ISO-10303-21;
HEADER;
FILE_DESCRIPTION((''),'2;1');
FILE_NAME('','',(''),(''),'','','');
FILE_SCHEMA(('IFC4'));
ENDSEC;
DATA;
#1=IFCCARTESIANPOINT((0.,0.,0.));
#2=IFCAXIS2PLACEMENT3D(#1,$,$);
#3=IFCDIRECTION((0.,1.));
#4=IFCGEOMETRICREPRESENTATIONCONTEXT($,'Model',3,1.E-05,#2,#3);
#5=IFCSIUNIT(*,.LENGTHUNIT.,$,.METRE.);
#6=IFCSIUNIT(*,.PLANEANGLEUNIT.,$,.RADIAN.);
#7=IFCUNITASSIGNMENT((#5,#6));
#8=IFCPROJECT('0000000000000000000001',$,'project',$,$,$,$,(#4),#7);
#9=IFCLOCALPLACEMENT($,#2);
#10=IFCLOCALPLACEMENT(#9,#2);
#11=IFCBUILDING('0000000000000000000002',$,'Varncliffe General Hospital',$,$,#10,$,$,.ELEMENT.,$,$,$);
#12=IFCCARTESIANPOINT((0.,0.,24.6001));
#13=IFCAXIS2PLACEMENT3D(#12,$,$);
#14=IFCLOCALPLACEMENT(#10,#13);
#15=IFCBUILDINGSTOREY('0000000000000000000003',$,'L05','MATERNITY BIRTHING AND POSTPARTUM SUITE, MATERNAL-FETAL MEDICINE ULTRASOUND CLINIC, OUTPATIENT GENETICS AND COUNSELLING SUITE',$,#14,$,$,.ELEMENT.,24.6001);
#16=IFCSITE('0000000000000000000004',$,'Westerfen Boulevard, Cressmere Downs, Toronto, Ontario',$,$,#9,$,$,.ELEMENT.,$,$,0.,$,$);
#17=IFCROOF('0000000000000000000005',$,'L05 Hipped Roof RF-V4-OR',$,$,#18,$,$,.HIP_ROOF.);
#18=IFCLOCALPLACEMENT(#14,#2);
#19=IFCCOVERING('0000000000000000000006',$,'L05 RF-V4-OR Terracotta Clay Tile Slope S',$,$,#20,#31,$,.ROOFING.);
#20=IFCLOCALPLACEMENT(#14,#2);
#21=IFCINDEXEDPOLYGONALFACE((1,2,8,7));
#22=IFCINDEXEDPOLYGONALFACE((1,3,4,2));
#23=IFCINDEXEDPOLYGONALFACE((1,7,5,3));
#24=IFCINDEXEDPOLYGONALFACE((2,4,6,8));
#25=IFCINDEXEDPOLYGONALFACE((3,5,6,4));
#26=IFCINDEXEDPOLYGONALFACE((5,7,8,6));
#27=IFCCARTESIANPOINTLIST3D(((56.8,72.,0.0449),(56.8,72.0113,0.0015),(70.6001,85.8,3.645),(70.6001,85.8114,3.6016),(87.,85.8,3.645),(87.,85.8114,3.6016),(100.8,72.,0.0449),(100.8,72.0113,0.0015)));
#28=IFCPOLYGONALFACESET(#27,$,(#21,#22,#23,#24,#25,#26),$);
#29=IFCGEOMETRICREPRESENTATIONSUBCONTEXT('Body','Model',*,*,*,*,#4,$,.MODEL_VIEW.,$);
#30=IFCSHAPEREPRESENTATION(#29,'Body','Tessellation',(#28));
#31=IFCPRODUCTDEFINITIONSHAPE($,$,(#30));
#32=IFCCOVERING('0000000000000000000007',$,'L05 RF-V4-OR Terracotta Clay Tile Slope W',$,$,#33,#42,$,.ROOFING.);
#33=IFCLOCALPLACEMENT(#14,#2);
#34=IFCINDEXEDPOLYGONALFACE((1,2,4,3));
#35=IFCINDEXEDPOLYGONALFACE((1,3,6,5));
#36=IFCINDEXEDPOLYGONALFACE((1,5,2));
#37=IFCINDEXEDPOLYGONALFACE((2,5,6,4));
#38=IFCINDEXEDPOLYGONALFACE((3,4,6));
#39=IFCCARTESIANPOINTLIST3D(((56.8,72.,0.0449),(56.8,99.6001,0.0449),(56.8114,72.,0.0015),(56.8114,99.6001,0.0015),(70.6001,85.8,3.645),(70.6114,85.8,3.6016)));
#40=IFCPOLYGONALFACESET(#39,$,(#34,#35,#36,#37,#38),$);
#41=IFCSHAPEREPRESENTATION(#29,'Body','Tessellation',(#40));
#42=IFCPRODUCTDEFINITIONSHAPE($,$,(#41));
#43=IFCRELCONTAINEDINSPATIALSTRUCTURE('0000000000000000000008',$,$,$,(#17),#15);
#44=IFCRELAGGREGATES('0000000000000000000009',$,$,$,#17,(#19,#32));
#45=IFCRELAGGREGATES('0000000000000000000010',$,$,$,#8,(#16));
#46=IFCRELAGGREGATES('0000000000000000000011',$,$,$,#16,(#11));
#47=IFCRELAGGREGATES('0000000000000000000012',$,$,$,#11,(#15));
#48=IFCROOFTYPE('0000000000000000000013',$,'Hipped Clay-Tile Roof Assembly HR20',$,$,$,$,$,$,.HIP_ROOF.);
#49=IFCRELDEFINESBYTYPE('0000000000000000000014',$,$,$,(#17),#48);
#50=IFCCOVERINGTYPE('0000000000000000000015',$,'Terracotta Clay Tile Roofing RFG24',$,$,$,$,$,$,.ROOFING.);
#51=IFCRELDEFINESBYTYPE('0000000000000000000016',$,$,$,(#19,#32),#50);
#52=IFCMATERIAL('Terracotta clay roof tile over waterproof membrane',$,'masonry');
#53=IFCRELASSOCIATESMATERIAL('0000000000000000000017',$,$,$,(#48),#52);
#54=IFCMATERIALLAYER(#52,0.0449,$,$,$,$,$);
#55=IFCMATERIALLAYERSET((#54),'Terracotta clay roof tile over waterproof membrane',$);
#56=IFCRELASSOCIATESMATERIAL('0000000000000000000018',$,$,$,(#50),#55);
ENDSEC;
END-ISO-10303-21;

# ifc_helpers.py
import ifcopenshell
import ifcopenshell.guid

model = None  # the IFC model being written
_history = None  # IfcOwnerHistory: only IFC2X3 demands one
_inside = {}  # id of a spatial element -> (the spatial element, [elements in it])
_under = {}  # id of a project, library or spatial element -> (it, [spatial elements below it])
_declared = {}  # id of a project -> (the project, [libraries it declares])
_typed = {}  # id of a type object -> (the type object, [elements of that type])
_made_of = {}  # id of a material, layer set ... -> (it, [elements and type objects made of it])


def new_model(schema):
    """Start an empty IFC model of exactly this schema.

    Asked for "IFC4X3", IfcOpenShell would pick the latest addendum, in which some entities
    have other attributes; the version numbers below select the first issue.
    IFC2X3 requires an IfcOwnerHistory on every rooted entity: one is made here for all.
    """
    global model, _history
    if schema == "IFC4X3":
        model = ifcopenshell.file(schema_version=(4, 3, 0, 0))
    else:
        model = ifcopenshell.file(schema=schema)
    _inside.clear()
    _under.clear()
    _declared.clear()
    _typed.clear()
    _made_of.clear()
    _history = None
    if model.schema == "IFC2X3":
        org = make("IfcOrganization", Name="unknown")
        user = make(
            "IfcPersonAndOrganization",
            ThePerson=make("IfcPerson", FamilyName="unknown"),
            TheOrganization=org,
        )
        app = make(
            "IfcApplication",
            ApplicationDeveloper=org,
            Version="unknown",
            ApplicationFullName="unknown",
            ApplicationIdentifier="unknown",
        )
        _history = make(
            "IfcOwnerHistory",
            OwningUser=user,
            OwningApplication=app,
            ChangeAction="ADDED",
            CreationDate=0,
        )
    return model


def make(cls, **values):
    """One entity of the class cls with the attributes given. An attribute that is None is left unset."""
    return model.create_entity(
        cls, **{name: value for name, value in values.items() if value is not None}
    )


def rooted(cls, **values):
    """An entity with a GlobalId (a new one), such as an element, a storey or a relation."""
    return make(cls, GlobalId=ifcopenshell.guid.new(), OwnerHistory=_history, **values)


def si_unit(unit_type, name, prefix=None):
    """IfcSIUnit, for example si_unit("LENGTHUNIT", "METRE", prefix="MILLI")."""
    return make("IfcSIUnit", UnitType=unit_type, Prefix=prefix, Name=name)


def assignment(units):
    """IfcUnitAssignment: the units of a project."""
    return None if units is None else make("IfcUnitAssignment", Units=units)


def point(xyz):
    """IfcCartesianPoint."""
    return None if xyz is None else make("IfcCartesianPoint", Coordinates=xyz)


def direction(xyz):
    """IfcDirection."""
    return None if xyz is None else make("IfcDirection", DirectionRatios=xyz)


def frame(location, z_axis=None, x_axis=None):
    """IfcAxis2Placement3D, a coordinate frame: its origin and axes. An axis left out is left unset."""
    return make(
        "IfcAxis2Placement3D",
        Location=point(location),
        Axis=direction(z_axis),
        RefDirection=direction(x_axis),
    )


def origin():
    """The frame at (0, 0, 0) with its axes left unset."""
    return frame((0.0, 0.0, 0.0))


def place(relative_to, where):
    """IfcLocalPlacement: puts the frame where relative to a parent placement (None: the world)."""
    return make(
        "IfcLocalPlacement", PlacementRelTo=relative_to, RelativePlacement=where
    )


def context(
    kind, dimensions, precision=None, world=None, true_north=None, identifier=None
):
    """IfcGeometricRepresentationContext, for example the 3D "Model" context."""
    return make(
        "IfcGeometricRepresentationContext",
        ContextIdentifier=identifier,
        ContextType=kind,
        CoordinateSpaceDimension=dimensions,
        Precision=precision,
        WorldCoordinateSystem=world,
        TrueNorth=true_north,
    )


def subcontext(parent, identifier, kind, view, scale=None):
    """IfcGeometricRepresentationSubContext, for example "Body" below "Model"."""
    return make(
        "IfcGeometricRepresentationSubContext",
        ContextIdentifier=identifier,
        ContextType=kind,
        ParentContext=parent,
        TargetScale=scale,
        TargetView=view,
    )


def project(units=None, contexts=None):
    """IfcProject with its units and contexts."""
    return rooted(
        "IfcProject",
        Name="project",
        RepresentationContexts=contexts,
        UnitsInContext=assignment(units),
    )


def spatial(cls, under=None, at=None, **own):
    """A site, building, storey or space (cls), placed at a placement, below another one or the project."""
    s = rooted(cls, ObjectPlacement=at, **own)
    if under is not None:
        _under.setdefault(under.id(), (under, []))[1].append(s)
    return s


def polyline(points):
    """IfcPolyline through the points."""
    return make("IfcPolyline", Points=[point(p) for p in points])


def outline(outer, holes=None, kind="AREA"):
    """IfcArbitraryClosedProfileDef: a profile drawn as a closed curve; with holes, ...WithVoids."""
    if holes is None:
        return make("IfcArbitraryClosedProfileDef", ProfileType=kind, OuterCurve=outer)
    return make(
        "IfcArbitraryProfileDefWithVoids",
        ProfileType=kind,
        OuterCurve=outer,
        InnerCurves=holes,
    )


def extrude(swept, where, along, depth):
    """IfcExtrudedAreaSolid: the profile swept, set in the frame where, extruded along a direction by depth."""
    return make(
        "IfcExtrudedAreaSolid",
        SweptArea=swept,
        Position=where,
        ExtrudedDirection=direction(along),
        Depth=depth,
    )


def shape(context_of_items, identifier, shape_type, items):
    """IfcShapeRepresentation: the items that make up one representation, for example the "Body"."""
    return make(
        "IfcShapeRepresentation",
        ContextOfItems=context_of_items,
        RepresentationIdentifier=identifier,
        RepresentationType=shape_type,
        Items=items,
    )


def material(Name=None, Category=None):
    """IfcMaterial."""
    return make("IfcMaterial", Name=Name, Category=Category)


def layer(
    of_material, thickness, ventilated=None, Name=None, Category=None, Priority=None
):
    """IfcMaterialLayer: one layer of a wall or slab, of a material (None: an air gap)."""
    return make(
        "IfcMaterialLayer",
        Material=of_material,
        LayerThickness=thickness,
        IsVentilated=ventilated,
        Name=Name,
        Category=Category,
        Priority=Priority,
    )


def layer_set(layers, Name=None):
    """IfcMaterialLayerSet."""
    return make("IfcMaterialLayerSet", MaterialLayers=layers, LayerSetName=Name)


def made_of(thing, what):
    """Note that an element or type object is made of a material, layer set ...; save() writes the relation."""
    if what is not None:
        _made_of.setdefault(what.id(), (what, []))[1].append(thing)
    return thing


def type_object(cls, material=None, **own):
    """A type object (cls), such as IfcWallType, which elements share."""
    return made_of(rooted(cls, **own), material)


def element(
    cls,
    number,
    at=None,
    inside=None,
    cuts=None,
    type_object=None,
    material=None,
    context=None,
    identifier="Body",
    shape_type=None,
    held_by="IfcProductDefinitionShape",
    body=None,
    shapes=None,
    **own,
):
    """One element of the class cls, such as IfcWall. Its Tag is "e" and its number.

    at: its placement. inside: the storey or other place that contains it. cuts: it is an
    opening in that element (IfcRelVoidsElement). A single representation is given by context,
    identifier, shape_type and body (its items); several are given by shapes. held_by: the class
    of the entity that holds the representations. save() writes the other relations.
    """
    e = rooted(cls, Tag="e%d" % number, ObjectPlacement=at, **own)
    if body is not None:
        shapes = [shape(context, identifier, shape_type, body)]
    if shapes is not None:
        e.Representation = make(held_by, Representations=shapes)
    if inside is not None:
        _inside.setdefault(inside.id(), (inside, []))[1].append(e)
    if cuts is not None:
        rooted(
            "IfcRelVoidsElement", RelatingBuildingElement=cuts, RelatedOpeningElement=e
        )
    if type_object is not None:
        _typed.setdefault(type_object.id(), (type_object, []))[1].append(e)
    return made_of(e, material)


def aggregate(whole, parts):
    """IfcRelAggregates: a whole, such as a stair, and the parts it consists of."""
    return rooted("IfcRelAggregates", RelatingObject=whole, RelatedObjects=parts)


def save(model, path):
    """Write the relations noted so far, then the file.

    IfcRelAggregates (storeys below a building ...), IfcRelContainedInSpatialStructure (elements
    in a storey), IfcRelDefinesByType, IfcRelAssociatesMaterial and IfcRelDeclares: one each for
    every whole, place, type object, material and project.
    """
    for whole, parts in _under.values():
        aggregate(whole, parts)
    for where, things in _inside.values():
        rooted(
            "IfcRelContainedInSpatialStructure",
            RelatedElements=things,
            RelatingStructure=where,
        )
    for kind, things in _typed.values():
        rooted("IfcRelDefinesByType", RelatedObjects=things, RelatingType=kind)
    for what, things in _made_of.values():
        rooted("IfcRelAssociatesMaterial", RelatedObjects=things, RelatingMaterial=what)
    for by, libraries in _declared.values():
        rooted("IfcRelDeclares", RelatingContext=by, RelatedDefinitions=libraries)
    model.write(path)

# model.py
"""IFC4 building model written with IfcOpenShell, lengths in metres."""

from ifc_helpers import new_model, si_unit, direction, frame, origin, place, context, subcontext, project, spatial, polyline, outline, extrude, material, layer, layer_set, type_object, element, aggregate, save


model = new_model("IFC4")

# Units and contexts
model_context = context("Model", 3, precision=1e-05, world=origin(), true_north=direction((0.0, 1.0)))
body_context = subcontext(model_context, "Body", "Model", "MODEL_VIEW")
ifc_project = project(units=[si_unit("LENGTHUNIT", "METRE"), si_unit("PLANEANGLEUNIT", "RADIAN")], contexts=[model_context])

# Site, building, storey
site_placement = place(None, origin())
site = spatial("IfcSite", under=ifc_project, at=site_placement, Name="Westerfen Boulevard, Cressmere Downs, Toronto, Ontario", CompositionType="ELEMENT", RefElevation=0.0)
building_placement = place(site_placement, origin())
building = spatial("IfcBuilding", under=site, at=building_placement, Name="Varncliffe General Hospital", CompositionType="ELEMENT")
storey_placement = place(building_placement, frame((0.0, 0.0, 24.6001)))
storey = spatial("IfcBuildingStorey", under=building, at=storey_placement, Name="L05", Description="MATERNITY BIRTHING AND POSTPARTUM SUITE, MATERNAL-FETAL MEDICINE ULTRASOUND CLINIC, OUTPATIENT GENETICS AND COUNSELLING SUITE", CompositionType="ELEMENT", Elevation=24.6001)

# Roof, coverings
ifc_material_1 = material(Name="Terracotta clay roof tile over waterproof membrane", Category="masonry")
roof_type = type_object("IfcRoofType", Name="Hipped Clay-Tile Roof Assembly HR20", PredefinedType="HIP_ROOF", material=ifc_material_1)
roof_placement = place(storey_placement, origin())
roof = element("IfcRoof", 1, at=roof_placement, inside=storey, type_object=roof_type, Name="L05 Hipped Roof RF-V4-OR", PredefinedType="HIP_ROOF")
ifc_layer_1 = layer(ifc_material_1, 0.0449)
ifc_layer_set_1 = layer_set([ifc_layer_1], Name="Terracotta clay roof tile over waterproof membrane")
covering_type = type_object("IfcCoveringType", Name="Terracotta Clay Tile Roofing RFG24", PredefinedType="ROOFING", material=ifc_layer_set_1)
covering_1_placement = place(storey_placement, frame((56.8, 72.0, 0.0449), z_axis=(0.0, -0.252427, 0.967616), x_axis=(1.0, 0.0, 0.0)))
covering_1 = element("IfcCovering", 2, at=covering_1_placement, type_object=covering_type, Name="L05 RF-V4-OR Terracotta Clay Tile Slope S", PredefinedType="ROOFING", context=body_context, shape_type="SweptSolid", body=[
    extrude(outline(polyline([(0.0, 0.0), (44.0, 0.0), (30.2, 14.2619), (13.8, 14.2619), (0.0, 0.0)])), origin(), (0.0, 0.0, -1.0), 0.0449),
])
covering_2_placement = place(storey_placement, frame((56.8, 99.6001, 0.0449), z_axis=(-0.252427, 0.0, 0.967616), x_axis=(0.0, -1.0, 0.0)))
covering_2 = element("IfcCovering", 3, at=covering_2_placement, type_object=covering_type, Name="L05 RF-V4-OR Terracotta Clay Tile Slope W", PredefinedType="ROOFING", context=body_context, shape_type="SweptSolid", body=[
    extrude(outline(polyline([(0.0, 0.0), (27.6001, 0.0), (13.8, 14.2619), (0.0, 0.0)])), origin(), (0.0, 0.0, -1.0), 0.0449),
])
aggregate(roof, [covering_1, covering_2])

save(model, "model.ifc")
